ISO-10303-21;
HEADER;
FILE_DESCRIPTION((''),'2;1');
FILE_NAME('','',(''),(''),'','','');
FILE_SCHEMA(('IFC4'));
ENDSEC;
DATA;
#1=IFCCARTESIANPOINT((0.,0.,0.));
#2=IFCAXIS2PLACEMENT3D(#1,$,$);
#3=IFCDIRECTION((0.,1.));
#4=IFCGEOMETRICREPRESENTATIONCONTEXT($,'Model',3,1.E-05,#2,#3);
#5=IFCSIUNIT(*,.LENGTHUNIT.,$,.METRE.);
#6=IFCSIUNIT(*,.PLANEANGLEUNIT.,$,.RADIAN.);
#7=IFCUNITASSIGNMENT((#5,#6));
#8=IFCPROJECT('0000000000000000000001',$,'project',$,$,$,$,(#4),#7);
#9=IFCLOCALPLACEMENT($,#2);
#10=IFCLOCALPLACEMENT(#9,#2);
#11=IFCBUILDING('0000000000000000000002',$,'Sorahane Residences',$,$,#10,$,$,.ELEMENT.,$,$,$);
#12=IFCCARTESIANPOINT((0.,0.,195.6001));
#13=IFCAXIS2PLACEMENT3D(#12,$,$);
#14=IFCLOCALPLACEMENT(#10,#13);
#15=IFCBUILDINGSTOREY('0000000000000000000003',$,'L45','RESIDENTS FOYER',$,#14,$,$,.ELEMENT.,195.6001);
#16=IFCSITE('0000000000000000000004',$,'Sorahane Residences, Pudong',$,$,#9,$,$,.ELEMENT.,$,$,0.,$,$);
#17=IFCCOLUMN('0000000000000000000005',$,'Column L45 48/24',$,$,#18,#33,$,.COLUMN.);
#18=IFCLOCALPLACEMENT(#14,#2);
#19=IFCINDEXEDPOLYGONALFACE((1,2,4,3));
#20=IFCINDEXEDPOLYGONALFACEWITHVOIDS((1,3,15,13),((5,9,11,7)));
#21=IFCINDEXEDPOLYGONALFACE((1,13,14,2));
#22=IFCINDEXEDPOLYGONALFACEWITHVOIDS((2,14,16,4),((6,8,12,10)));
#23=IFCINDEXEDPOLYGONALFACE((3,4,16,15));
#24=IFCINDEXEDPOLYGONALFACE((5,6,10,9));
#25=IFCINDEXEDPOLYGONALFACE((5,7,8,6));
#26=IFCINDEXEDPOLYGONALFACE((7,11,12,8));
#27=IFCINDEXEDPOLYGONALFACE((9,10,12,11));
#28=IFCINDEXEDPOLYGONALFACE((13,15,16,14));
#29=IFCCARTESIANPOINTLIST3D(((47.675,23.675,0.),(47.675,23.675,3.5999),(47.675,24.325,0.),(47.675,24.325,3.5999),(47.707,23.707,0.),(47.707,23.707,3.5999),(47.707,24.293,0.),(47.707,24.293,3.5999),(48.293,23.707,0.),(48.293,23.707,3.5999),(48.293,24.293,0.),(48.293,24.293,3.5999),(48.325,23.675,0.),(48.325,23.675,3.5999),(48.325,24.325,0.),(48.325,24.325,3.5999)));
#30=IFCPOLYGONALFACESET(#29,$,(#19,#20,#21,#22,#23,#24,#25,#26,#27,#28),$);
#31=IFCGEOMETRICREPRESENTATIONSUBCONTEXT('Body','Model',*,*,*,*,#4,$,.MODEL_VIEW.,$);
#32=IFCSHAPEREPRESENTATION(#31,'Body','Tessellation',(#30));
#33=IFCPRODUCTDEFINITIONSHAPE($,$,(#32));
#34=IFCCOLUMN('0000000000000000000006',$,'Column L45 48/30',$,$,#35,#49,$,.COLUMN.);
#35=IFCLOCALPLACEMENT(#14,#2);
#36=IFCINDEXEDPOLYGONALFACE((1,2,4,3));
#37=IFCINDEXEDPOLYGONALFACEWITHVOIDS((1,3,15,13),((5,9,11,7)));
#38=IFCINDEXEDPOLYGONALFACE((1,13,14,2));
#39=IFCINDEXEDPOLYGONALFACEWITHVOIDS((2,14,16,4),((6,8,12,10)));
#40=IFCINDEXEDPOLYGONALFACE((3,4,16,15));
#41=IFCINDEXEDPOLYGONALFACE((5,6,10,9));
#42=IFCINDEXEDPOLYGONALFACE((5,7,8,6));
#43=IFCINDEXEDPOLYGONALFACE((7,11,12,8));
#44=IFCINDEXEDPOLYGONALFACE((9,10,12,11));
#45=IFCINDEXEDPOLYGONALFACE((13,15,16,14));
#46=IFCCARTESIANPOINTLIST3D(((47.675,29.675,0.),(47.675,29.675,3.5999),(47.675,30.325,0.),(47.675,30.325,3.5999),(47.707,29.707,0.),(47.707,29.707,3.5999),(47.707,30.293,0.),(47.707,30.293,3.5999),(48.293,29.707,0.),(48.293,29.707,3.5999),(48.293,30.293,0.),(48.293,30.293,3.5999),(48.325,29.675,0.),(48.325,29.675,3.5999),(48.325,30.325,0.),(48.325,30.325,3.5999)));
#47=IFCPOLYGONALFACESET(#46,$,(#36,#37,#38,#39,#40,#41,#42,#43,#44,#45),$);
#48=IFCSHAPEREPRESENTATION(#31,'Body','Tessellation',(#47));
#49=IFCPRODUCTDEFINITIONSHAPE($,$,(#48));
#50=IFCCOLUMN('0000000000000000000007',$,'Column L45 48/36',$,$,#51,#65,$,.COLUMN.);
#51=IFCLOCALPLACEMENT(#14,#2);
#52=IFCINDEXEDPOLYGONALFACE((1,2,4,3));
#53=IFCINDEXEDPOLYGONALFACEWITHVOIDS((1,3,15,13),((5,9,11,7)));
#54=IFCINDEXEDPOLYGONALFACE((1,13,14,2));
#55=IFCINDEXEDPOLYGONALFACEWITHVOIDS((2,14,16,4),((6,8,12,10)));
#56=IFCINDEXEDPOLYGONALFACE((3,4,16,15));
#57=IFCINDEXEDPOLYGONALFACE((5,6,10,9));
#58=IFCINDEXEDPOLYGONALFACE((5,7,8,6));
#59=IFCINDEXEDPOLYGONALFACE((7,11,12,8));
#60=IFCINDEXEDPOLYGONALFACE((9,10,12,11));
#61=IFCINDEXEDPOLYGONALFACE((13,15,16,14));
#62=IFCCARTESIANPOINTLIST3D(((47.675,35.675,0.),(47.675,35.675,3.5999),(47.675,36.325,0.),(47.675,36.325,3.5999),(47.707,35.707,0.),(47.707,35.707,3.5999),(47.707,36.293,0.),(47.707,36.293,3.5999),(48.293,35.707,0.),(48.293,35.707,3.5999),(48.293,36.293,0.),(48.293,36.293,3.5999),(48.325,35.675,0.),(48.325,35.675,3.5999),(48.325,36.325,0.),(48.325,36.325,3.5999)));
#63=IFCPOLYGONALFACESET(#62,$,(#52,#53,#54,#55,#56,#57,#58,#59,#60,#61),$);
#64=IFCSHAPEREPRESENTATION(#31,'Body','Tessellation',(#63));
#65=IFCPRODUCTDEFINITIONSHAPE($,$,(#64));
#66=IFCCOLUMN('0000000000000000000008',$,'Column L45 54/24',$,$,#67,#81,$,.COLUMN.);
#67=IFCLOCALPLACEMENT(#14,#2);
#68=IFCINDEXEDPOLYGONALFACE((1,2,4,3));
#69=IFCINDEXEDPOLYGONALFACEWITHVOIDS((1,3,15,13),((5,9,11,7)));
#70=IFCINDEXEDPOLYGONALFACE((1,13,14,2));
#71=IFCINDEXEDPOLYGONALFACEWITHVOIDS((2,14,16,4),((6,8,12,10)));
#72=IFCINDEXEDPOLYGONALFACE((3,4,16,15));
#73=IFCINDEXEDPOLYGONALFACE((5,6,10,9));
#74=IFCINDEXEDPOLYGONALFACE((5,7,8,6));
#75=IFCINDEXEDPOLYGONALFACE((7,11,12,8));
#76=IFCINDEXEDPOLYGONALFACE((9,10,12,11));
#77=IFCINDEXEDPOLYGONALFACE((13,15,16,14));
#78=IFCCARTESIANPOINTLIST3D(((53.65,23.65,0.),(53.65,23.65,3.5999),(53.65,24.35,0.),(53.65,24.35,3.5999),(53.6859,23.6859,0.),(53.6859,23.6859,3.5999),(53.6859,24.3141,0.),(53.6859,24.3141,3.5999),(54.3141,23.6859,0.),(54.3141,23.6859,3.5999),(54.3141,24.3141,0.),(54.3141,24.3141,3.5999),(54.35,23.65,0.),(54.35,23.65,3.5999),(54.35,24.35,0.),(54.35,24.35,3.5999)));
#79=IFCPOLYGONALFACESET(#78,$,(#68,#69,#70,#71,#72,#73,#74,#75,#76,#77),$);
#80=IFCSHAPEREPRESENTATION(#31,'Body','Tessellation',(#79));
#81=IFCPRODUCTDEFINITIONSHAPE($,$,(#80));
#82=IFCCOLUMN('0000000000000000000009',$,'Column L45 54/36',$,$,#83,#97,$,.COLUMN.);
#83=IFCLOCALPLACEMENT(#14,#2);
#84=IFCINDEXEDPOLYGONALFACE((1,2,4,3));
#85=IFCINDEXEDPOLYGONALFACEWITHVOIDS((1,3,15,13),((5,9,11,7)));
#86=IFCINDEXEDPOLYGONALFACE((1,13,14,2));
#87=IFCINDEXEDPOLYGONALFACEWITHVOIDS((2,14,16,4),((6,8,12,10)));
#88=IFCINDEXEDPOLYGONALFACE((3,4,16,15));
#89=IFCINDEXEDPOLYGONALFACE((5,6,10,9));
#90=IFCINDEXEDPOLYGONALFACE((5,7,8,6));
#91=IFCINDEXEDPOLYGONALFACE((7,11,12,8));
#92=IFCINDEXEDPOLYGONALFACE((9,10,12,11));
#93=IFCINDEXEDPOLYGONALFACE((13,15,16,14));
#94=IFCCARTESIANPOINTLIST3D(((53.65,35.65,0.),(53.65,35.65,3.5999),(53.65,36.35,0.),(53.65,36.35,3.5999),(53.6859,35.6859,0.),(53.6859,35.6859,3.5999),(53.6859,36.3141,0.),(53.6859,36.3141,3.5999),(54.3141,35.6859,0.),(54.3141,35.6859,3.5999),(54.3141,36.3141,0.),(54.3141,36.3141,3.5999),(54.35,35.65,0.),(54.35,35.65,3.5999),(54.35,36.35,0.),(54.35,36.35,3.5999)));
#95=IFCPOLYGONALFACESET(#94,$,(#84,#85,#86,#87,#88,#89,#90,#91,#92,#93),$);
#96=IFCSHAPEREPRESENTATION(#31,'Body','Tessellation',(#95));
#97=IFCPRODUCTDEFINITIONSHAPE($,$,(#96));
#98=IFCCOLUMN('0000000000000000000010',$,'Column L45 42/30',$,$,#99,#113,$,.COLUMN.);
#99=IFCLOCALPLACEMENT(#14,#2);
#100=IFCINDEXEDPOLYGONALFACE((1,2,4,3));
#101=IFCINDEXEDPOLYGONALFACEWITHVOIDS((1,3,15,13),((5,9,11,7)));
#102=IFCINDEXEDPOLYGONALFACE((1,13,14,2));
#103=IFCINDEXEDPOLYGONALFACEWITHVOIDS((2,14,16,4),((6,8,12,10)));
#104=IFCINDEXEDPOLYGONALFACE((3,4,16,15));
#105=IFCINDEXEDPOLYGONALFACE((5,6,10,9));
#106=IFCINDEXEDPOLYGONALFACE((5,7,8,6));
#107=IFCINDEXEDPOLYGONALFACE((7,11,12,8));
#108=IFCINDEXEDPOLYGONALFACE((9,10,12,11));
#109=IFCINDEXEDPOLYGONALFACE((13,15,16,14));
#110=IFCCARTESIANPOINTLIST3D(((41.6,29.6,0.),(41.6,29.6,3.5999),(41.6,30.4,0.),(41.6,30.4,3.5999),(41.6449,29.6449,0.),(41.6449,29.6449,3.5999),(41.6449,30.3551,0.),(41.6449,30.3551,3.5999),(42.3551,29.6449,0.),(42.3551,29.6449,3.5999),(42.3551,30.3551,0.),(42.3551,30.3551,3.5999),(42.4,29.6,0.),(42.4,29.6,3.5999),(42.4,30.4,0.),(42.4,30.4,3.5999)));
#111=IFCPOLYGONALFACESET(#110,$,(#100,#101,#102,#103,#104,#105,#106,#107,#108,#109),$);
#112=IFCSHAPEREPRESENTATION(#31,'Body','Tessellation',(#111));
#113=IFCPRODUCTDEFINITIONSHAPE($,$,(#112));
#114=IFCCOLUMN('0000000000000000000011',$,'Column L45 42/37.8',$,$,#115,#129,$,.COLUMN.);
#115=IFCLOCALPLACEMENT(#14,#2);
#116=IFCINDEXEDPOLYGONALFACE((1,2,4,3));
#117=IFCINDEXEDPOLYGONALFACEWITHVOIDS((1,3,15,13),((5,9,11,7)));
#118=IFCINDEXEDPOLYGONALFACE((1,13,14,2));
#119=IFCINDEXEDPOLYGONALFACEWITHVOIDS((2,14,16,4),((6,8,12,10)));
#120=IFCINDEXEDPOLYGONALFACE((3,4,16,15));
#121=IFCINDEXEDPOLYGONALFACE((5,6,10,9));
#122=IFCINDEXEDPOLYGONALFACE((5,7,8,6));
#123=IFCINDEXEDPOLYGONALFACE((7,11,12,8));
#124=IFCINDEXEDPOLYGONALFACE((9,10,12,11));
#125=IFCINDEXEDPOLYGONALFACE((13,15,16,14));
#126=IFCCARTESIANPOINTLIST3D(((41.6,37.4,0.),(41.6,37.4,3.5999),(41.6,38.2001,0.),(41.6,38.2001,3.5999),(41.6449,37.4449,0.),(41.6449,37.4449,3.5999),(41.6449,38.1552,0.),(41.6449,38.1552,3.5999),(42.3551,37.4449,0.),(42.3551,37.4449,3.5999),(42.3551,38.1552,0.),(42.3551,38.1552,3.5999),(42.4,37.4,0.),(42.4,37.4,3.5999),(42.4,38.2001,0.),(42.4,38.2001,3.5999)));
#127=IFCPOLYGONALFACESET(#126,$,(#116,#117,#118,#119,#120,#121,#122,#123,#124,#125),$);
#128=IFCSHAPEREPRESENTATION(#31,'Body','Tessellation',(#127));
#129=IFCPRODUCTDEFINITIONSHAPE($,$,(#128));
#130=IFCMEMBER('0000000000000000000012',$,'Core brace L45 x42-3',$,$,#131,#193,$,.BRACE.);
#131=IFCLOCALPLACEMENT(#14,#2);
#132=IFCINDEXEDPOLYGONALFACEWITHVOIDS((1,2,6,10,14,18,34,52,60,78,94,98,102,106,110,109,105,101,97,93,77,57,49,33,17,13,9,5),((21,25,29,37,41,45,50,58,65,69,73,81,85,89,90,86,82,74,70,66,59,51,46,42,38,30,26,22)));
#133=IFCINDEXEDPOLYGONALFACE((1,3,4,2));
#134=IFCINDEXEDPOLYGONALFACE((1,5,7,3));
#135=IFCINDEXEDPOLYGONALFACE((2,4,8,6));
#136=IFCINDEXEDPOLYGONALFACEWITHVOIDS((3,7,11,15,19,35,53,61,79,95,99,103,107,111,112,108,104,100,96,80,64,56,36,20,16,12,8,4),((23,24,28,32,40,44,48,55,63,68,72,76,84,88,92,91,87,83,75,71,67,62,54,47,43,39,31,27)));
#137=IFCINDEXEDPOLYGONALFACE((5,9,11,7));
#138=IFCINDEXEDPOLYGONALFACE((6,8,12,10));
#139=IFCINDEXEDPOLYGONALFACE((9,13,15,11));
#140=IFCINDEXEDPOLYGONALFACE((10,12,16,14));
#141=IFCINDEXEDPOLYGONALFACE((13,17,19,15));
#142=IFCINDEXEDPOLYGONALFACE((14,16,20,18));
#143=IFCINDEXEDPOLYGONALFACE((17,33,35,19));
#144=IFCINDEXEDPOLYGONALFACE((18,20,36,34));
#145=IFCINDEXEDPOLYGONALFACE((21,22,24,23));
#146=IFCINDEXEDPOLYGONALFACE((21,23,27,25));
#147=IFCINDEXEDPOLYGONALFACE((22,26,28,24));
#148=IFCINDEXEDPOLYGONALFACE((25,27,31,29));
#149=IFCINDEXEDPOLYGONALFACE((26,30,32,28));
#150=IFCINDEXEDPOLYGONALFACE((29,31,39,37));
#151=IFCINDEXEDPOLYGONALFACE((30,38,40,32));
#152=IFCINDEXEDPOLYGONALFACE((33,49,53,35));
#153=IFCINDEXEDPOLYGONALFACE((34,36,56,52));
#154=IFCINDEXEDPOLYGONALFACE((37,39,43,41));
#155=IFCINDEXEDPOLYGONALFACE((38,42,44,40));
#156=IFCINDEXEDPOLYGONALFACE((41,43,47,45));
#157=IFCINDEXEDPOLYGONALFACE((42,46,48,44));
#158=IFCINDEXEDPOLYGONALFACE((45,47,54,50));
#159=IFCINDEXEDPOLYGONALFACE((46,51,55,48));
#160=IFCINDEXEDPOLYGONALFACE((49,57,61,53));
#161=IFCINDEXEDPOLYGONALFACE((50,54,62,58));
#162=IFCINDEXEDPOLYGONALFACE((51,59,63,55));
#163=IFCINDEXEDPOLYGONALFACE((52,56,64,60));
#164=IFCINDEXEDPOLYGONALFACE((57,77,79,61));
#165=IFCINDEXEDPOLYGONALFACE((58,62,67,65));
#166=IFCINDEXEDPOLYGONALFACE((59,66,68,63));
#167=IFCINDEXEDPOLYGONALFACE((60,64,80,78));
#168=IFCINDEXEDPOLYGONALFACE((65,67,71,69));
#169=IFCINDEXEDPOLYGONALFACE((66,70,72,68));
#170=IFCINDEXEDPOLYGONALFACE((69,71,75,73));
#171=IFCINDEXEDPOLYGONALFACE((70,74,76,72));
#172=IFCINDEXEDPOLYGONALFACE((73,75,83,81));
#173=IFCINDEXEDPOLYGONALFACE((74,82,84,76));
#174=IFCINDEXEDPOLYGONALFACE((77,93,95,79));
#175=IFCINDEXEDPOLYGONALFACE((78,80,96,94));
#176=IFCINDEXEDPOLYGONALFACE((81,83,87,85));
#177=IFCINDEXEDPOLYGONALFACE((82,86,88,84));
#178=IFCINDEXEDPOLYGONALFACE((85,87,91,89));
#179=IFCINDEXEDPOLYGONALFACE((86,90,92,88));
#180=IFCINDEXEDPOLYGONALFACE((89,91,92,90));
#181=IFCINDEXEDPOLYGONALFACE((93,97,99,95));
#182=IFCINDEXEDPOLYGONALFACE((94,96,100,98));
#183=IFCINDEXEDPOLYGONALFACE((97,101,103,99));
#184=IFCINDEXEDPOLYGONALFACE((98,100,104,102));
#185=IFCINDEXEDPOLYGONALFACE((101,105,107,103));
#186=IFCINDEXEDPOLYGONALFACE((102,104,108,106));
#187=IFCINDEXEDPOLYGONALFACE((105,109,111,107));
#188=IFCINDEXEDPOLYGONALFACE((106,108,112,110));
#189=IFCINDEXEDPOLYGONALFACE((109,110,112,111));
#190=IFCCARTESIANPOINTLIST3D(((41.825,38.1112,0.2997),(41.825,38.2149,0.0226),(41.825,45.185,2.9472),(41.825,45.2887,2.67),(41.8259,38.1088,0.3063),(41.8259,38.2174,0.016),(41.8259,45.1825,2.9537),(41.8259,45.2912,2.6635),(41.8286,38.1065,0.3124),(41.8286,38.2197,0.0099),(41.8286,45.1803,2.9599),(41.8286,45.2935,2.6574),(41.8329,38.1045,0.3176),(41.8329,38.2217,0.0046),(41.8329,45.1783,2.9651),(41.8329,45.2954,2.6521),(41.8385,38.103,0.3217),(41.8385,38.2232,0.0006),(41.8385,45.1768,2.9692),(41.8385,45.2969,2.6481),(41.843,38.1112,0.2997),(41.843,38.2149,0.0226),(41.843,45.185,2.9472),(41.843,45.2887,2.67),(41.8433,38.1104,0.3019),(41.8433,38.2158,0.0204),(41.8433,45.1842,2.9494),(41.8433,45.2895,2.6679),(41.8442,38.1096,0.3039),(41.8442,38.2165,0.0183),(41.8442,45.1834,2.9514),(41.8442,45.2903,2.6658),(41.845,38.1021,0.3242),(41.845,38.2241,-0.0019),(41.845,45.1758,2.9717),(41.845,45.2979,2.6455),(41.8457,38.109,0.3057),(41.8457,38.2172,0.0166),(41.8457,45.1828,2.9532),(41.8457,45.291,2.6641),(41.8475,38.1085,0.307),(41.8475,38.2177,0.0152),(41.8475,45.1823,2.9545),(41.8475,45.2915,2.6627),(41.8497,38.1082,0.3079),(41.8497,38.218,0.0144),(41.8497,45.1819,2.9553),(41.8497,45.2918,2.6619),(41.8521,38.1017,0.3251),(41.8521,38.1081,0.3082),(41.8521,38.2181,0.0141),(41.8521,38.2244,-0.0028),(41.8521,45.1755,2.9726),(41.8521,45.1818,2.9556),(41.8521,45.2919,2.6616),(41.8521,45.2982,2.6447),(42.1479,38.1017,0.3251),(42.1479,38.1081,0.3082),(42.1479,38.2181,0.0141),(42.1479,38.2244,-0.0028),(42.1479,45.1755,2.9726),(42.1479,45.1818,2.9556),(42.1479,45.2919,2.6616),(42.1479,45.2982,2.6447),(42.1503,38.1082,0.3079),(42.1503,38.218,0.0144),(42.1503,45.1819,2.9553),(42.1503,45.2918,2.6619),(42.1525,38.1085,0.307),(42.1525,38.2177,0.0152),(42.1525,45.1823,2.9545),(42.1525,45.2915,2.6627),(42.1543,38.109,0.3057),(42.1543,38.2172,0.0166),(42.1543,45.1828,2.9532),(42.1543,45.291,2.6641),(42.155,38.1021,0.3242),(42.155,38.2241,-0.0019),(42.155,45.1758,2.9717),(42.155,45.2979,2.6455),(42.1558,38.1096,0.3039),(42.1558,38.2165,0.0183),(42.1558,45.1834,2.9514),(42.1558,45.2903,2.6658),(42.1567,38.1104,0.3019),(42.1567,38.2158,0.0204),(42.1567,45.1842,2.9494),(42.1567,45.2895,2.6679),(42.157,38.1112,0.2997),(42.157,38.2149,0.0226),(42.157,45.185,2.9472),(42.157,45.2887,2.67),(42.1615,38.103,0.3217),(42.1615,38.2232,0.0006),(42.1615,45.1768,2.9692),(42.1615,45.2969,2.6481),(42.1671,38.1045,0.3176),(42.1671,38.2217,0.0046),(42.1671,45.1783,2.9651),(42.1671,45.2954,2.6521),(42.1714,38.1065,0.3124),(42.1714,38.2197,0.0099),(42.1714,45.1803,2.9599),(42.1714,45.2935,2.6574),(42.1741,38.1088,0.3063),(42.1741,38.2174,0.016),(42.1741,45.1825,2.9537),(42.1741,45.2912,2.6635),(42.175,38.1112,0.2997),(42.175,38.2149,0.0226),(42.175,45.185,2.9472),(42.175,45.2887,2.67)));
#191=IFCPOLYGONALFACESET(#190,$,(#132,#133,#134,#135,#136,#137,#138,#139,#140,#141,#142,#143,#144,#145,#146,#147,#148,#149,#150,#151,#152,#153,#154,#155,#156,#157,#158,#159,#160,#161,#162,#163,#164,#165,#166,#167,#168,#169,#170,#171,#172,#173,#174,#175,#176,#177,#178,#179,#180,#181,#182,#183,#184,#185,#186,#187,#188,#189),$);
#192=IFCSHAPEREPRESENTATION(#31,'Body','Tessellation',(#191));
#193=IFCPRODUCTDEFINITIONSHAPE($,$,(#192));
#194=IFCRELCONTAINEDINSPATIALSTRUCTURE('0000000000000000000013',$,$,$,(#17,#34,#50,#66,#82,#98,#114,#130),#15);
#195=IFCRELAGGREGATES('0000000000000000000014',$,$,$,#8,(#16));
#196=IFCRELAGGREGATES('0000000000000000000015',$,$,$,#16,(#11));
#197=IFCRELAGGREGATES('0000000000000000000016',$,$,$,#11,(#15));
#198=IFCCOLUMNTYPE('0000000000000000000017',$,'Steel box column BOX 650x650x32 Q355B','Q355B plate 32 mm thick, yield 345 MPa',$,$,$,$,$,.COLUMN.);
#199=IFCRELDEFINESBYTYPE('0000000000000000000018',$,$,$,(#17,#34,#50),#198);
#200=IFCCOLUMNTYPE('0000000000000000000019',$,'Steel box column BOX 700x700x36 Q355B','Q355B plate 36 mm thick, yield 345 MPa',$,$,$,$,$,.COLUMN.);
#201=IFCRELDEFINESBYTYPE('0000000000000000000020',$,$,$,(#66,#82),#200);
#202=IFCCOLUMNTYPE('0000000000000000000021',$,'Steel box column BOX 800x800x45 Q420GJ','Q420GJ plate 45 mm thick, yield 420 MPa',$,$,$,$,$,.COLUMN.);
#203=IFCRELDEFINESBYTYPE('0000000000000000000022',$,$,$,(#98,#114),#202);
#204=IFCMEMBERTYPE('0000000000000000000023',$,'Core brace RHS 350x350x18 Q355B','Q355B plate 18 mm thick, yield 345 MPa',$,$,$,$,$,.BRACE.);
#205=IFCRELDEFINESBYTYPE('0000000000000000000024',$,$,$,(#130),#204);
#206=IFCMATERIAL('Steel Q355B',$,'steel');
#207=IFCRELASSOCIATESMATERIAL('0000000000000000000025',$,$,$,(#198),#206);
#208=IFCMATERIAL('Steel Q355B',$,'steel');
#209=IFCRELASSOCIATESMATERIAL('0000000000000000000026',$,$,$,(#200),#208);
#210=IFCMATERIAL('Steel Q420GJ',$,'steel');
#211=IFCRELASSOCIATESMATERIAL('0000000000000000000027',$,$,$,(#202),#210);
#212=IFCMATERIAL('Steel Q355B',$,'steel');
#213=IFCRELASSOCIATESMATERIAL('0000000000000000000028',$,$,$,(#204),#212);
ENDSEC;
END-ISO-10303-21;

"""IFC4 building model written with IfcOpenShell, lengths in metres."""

from ifc_helpers import new_model, si_unit, direction, frame, origin, origin_2d, place, context, subcontext, project, spatial, hollow_rectangle, extrude, material, material_profile, profile_set, type_object, element, save


model = new_model("IFC4")

# Units and contexts
model_context = context("Model", 3, precision=1e-05, world=origin(), true_north=direction((0.0, 1.0)))
body_context = subcontext(model_context, "Body", "Model", "MODEL_VIEW")
ifc_project = project(units=[si_unit("LENGTHUNIT", "METRE"), si_unit("PLANEANGLEUNIT", "RADIAN")], contexts=[model_context])

# Site, building, storey
site_placement = place(None, origin())
site = spatial("IfcSite", under=ifc_project, at=site_placement, Name="Sorahane Residences, Pudong", CompositionType="ELEMENT", RefElevation=0.0)
building_placement = place(site_placement, origin())
building = spatial("IfcBuilding", under=site, at=building_placement, Name="Sorahane Residences", CompositionType="ELEMENT")
storey_placement = place(building_placement, frame((0.0, 0.0, 195.6001)))
storey = spatial("IfcBuildingStorey", under=building, at=storey_placement, Name="L45", Description="RESIDENTS FOYER", CompositionType="ELEMENT", Elevation=195.6001)

# Columns
ifc_material_1 = material(Name="Steel Q355B", Category="steel")
ifc_material_profile_1 = material_profile(ifc_material_1, hollow_rectangle(XDim=0.6499, YDim=0.6499, WallThickness=0.032, at=origin_2d()), Name="BOX 650x650x32")
ifc_profile_set_1 = profile_set([ifc_material_profile_1], Name="Steel Q355B")
column_type_1 = type_object("IfcColumnType", Name="Steel box column BOX 650x650x32 Q355B", Description="Q355B plate 32 mm thick, yield 345 MPa", PredefinedType="COLUMN", material=ifc_profile_set_1)
for number, where, z_axis, x_axis, name in (
    (1, (48.0, 24.0, 0.0), (0.0, 0.0, 1.0), (1.0, 0.0, 0.0), "Column L45 48/24"),
    (2, (48.0, 30.0, 0.0), (0.0, 0.0, 1.0), (1.0, 0.0, 0.0), "Column L45 48/30"),
    (3, (48.0, 36.0, 0.0), (0.0, 0.0, 1.0), (1.0, 0.0, 0.0), "Column L45 48/36"),
):
    element("IfcColumn", number, at=place(storey_placement, frame(where, z_axis=z_axis, x_axis=x_axis)), inside=storey, type_object=column_type_1, Name=name, PredefinedType="COLUMN", context=body_context, shape_type="SweptSolid", body=[
        extrude(hollow_rectangle(XDim=0.6499, YDim=0.6499, WallThickness=0.032, at=origin_2d()), origin(), (0.0, 0.0, 1.0), 3.5999),
    ])
ifc_material_2 = material(Name="Steel Q355B", Category="steel")
ifc_material_profile_2 = material_profile(ifc_material_2, hollow_rectangle(XDim=0.7, YDim=0.7, WallThickness=0.0359, at=origin_2d()), Name="BOX 700x700x36")
ifc_profile_set_2 = profile_set([ifc_material_profile_2], Name="Steel Q355B")
column_type_2 = type_object("IfcColumnType", Name="Steel box column BOX 700x700x36 Q355B", Description="Q355B plate 36 mm thick, yield 345 MPa", PredefinedType="COLUMN", material=ifc_profile_set_2)
for number, where, z_axis, x_axis, name in (
    (4, (54.0, 24.0, 0.0), (0.0, 0.0, 1.0), (1.0, 0.0, 0.0), "Column L45 54/24"),
    (5, (54.0, 36.0, 0.0), (0.0, 0.0, 1.0), (1.0, 0.0, 0.0), "Column L45 54/36"),
):
    element("IfcColumn", number, at=place(storey_placement, frame(where, z_axis=z_axis, x_axis=x_axis)), inside=storey, type_object=column_type_2, Name=name, PredefinedType="COLUMN", context=body_context, shape_type="SweptSolid", body=[
        extrude(hollow_rectangle(XDim=0.7, YDim=0.7, WallThickness=0.0359, at=origin_2d()), origin(), (0.0, 0.0, 1.0), 3.5999),
    ])
ifc_material_3 = material(Name="Steel Q420GJ", Category="steel")
ifc_material_profile_3 = material_profile(ifc_material_3, hollow_rectangle(XDim=0.8, YDim=0.8, WallThickness=0.0449, at=origin_2d()), Name="BOX 800x800x45")
ifc_profile_set_3 = profile_set([ifc_material_profile_3], Name="Steel Q420GJ")
column_type_3 = type_object("IfcColumnType", Name="Steel box column BOX 800x800x45 Q420GJ", Description="Q420GJ plate 45 mm thick, yield 420 MPa", PredefinedType="COLUMN", material=ifc_profile_set_3)
for number, where, z_axis, x_axis, name in (
    (6, (42.0, 30.0, 0.0), (0.0, 0.0, 1.0), (1.0, 0.0, 0.0), "Column L45 42/30"),
    (7, (42.0, 37.8, 0.0), (0.0, 0.0, 1.0), (1.0, 0.0, 0.0), "Column L45 42/37.8"),
):
    element("IfcColumn", number, at=place(storey_placement, frame(where, z_axis=z_axis, x_axis=x_axis)), inside=storey, type_object=column_type_3, Name=name, PredefinedType="COLUMN", context=body_context, shape_type="SweptSolid", body=[
        extrude(hollow_rectangle(XDim=0.8, YDim=0.8, WallThickness=0.0449, at=origin_2d()), origin(), (0.0, 0.0, 1.0), 3.5999),
    ])

# Member
ifc_material_4 = material(Name="Steel Q355B", Category="steel")
ifc_material_profile_4 = material_profile(ifc_material_4, hollow_rectangle(XDim=0.3501, YDim=0.3501, WallThickness=0.0181, InnerFilletRadius=0.009, OuterFilletRadius=0.0271, at=origin_2d()), Name="RHS 350x350x18")
ifc_profile_set_4 = profile_set([ifc_material_profile_4], Name="Steel Q355B")
member_type_1 = type_object("IfcMemberType", Name="Core brace RHS 350x350x18 Q355B", Description="Q355B plate 18 mm thick, yield 345 MPa", PredefinedType="BRACE", material=ifc_profile_set_4)
member_1_placement = place(storey_placement, frame((42.0, 38.1631, 0.1611), z_axis=(0.0, 0.936555, 0.350521), x_axis=(-1.0, 0.0, 0.0)))
element("IfcMember", 8, at=member_1_placement, inside=storey, type_object=member_type_1, Name="Core brace L45 x42-3", PredefinedType="BRACE", context=body_context, shape_type="SweptSolid", body=[
    extrude(hollow_rectangle(XDim=0.3501, YDim=0.3501, WallThickness=0.0181, InnerFilletRadius=0.009, OuterFilletRadius=0.0271, at=origin_2d()), origin(), (0.0, 0.0, 1.0), 7.553),
])

save(model, "model.ifc")
